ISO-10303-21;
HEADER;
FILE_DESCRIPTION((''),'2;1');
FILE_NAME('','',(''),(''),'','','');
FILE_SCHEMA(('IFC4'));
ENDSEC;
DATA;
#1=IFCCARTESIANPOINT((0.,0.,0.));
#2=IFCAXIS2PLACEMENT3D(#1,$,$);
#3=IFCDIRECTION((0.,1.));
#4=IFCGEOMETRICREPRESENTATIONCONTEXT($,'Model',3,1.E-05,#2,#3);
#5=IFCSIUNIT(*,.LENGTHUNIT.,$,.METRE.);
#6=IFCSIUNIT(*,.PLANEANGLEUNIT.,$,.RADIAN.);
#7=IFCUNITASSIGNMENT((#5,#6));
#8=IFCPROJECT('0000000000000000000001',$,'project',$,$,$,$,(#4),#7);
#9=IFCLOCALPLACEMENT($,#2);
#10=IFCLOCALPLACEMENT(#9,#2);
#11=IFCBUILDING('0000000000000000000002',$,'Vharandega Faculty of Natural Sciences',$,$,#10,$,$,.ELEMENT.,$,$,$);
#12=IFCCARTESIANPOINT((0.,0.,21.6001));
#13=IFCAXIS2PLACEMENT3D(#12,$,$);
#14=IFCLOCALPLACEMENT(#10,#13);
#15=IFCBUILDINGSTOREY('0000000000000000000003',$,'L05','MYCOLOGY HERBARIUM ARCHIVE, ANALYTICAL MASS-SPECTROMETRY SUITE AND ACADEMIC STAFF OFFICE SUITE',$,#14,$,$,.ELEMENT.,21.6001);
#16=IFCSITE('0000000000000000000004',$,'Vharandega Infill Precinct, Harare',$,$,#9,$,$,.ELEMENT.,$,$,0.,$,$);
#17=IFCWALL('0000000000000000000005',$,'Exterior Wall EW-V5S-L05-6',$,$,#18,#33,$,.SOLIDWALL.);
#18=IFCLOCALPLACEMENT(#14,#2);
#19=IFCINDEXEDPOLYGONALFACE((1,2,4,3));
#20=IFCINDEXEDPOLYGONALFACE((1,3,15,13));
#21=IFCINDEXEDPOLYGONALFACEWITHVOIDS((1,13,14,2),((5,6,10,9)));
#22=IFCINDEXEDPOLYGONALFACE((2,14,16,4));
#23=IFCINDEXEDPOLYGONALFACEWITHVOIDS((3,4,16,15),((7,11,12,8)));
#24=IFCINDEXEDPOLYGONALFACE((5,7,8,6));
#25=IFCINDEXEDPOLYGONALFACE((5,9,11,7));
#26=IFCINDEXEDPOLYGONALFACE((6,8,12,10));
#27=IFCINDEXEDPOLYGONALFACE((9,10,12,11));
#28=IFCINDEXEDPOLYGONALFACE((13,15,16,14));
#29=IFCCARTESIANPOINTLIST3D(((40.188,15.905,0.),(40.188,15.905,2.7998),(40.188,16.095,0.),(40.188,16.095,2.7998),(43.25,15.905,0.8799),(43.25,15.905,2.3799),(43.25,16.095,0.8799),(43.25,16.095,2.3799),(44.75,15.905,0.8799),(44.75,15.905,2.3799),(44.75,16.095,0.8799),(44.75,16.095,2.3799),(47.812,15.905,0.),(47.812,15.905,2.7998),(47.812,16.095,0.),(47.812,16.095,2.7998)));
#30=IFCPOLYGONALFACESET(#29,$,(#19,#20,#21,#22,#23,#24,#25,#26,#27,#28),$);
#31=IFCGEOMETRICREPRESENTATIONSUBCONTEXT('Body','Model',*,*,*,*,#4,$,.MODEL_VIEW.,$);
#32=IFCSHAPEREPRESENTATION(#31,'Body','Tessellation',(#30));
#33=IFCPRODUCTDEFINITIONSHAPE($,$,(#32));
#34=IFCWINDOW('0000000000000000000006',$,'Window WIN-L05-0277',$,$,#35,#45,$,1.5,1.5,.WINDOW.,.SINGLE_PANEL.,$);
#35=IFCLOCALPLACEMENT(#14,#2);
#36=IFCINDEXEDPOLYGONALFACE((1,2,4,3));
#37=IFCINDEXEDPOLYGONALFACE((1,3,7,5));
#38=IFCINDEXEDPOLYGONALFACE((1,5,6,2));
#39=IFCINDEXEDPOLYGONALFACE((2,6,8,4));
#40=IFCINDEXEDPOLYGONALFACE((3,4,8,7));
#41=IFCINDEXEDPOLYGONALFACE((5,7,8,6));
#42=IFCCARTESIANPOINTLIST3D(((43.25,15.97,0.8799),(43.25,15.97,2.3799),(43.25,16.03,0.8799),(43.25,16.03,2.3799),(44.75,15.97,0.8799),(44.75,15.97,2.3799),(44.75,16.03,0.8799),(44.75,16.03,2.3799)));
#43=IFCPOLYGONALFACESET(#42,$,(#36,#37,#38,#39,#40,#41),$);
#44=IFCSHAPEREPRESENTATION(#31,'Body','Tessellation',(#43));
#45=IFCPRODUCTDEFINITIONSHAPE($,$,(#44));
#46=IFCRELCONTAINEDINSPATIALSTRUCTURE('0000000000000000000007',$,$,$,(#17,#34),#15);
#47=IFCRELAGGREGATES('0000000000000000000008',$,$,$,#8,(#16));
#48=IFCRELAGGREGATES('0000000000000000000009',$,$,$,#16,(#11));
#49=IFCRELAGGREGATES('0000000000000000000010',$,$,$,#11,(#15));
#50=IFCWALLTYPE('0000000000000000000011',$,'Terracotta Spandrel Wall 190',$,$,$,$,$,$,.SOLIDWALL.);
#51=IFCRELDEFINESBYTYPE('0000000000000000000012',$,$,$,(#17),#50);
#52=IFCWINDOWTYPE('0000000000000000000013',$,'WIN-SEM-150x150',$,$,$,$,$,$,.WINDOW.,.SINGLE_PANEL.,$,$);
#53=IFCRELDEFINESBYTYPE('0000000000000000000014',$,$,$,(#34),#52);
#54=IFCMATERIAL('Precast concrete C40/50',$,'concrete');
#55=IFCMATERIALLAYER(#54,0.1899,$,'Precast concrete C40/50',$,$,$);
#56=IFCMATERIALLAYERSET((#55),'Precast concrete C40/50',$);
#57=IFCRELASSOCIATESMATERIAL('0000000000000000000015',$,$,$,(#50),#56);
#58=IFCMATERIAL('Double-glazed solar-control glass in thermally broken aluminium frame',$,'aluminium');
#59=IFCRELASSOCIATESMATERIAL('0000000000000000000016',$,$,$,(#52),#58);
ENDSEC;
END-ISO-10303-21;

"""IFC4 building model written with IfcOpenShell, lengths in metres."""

from ifc_helpers import new_model, si_unit, direction, frame, frame_2d, origin, place, context, subcontext, project, spatial, rectangle, extrude, material, layer, layer_set, type_object, element, fill, save


model = new_model("IFC4")

# Units and contexts
model_context = context("Model", 3, precision=1e-05, world=origin(), true_north=direction((0.0, 1.0)))
body_context = subcontext(model_context, "Body", "Model", "MODEL_VIEW")
ifc_project = project(units=[si_unit("LENGTHUNIT", "METRE"), si_unit("PLANEANGLEUNIT", "RADIAN")], contexts=[model_context])

# Site, building, storey
site_placement = place(None, origin())
site = spatial("IfcSite", under=ifc_project, at=site_placement, Name="Vharandega Infill Precinct, Harare", CompositionType="ELEMENT", RefElevation=0.0)
building_placement = place(site_placement, origin())
building = spatial("IfcBuilding", under=site, at=building_placement, Name="Vharandega Faculty of Natural Sciences", CompositionType="ELEMENT")
storey_placement = place(building_placement, frame((0.0, 0.0, 21.6001)))
storey = spatial("IfcBuildingStorey", under=building, at=storey_placement, Name="L05", Description="MYCOLOGY HERBARIUM ARCHIVE, ANALYTICAL MASS-SPECTROMETRY SUITE AND ACADEMIC STAFF OFFICE SUITE", CompositionType="ELEMENT", Elevation=21.6001)

# Wall, opening, window
ifc_material_1 = material(Name="Precast concrete C40/50", Category="concrete")
ifc_layer_1 = layer(ifc_material_1, 0.1899, Name="Precast concrete C40/50")
ifc_layer_set_1 = layer_set([ifc_layer_1], Name="Precast concrete C40/50")
wall_type = type_object("IfcWallType", Name="Terracotta Spandrel Wall 190", PredefinedType="SOLIDWALL", material=ifc_layer_set_1)
wall_placement = place(storey_placement, frame((47.812, 16.0, 0.0), z_axis=(0.0, 0.0, 1.0), x_axis=(-1.0, 0.0, 0.0)))
wall = element("IfcWall", 1, at=wall_placement, inside=storey, type_object=wall_type, Name="Exterior Wall EW-V5S-L05-6", PredefinedType="SOLIDWALL", context=body_context, shape_type="SweptSolid", body=[
    extrude(rectangle(XDim=7.624, YDim=0.1899, at=frame_2d((3.812, 0.0))), origin(), (0.0, 0.0, 1.0), 2.7998),
])
opening_placement = place(wall_placement, frame((3.062, 0.0, 0.8799)))
opening = element("IfcOpeningElement", 2, at=opening_placement, cuts=wall, PredefinedType="OPENING", context=body_context, shape_type="SweptSolid", body=[
    extrude(rectangle(XDim=1.5, YDim=1.5, at=frame_2d((0.75, 0.75))), frame((0.0, 0.105, 0.0), z_axis=(0.0, -1.0, 0.0), x_axis=(1.0, 0.0, 0.0)), (0.0, 0.0, 1.0), 0.21),
])
ifc_material_2 = material(Name="Double-glazed solar-control glass in thermally broken aluminium frame", Category="aluminium")
window_type = type_object("IfcWindowType", Name="WIN-SEM-150x150", PartitioningType="SINGLE_PANEL", PredefinedType="WINDOW", material=ifc_material_2)
window_placement = place(opening_placement, origin())
window = element("IfcWindow", 3, at=window_placement, inside=storey, type_object=window_type, Name="Window WIN-L05-0277", OverallHeight=1.5, OverallWidth=1.5, PartitioningType="SINGLE_PANEL", PredefinedType="WINDOW", context=body_context, shape_type="SweptSolid", body=[
    extrude(rectangle(XDim=1.5, YDim=1.5, at=frame_2d((0.75, 0.75))), frame((0.0, 0.03, 0.0), z_axis=(0.0, -1.0, 0.0), x_axis=(1.0, 0.0, 0.0)), (0.0, 0.0, 1.0), 0.0601),
])
fill(opening, window)

save(model, "model.ifc")
